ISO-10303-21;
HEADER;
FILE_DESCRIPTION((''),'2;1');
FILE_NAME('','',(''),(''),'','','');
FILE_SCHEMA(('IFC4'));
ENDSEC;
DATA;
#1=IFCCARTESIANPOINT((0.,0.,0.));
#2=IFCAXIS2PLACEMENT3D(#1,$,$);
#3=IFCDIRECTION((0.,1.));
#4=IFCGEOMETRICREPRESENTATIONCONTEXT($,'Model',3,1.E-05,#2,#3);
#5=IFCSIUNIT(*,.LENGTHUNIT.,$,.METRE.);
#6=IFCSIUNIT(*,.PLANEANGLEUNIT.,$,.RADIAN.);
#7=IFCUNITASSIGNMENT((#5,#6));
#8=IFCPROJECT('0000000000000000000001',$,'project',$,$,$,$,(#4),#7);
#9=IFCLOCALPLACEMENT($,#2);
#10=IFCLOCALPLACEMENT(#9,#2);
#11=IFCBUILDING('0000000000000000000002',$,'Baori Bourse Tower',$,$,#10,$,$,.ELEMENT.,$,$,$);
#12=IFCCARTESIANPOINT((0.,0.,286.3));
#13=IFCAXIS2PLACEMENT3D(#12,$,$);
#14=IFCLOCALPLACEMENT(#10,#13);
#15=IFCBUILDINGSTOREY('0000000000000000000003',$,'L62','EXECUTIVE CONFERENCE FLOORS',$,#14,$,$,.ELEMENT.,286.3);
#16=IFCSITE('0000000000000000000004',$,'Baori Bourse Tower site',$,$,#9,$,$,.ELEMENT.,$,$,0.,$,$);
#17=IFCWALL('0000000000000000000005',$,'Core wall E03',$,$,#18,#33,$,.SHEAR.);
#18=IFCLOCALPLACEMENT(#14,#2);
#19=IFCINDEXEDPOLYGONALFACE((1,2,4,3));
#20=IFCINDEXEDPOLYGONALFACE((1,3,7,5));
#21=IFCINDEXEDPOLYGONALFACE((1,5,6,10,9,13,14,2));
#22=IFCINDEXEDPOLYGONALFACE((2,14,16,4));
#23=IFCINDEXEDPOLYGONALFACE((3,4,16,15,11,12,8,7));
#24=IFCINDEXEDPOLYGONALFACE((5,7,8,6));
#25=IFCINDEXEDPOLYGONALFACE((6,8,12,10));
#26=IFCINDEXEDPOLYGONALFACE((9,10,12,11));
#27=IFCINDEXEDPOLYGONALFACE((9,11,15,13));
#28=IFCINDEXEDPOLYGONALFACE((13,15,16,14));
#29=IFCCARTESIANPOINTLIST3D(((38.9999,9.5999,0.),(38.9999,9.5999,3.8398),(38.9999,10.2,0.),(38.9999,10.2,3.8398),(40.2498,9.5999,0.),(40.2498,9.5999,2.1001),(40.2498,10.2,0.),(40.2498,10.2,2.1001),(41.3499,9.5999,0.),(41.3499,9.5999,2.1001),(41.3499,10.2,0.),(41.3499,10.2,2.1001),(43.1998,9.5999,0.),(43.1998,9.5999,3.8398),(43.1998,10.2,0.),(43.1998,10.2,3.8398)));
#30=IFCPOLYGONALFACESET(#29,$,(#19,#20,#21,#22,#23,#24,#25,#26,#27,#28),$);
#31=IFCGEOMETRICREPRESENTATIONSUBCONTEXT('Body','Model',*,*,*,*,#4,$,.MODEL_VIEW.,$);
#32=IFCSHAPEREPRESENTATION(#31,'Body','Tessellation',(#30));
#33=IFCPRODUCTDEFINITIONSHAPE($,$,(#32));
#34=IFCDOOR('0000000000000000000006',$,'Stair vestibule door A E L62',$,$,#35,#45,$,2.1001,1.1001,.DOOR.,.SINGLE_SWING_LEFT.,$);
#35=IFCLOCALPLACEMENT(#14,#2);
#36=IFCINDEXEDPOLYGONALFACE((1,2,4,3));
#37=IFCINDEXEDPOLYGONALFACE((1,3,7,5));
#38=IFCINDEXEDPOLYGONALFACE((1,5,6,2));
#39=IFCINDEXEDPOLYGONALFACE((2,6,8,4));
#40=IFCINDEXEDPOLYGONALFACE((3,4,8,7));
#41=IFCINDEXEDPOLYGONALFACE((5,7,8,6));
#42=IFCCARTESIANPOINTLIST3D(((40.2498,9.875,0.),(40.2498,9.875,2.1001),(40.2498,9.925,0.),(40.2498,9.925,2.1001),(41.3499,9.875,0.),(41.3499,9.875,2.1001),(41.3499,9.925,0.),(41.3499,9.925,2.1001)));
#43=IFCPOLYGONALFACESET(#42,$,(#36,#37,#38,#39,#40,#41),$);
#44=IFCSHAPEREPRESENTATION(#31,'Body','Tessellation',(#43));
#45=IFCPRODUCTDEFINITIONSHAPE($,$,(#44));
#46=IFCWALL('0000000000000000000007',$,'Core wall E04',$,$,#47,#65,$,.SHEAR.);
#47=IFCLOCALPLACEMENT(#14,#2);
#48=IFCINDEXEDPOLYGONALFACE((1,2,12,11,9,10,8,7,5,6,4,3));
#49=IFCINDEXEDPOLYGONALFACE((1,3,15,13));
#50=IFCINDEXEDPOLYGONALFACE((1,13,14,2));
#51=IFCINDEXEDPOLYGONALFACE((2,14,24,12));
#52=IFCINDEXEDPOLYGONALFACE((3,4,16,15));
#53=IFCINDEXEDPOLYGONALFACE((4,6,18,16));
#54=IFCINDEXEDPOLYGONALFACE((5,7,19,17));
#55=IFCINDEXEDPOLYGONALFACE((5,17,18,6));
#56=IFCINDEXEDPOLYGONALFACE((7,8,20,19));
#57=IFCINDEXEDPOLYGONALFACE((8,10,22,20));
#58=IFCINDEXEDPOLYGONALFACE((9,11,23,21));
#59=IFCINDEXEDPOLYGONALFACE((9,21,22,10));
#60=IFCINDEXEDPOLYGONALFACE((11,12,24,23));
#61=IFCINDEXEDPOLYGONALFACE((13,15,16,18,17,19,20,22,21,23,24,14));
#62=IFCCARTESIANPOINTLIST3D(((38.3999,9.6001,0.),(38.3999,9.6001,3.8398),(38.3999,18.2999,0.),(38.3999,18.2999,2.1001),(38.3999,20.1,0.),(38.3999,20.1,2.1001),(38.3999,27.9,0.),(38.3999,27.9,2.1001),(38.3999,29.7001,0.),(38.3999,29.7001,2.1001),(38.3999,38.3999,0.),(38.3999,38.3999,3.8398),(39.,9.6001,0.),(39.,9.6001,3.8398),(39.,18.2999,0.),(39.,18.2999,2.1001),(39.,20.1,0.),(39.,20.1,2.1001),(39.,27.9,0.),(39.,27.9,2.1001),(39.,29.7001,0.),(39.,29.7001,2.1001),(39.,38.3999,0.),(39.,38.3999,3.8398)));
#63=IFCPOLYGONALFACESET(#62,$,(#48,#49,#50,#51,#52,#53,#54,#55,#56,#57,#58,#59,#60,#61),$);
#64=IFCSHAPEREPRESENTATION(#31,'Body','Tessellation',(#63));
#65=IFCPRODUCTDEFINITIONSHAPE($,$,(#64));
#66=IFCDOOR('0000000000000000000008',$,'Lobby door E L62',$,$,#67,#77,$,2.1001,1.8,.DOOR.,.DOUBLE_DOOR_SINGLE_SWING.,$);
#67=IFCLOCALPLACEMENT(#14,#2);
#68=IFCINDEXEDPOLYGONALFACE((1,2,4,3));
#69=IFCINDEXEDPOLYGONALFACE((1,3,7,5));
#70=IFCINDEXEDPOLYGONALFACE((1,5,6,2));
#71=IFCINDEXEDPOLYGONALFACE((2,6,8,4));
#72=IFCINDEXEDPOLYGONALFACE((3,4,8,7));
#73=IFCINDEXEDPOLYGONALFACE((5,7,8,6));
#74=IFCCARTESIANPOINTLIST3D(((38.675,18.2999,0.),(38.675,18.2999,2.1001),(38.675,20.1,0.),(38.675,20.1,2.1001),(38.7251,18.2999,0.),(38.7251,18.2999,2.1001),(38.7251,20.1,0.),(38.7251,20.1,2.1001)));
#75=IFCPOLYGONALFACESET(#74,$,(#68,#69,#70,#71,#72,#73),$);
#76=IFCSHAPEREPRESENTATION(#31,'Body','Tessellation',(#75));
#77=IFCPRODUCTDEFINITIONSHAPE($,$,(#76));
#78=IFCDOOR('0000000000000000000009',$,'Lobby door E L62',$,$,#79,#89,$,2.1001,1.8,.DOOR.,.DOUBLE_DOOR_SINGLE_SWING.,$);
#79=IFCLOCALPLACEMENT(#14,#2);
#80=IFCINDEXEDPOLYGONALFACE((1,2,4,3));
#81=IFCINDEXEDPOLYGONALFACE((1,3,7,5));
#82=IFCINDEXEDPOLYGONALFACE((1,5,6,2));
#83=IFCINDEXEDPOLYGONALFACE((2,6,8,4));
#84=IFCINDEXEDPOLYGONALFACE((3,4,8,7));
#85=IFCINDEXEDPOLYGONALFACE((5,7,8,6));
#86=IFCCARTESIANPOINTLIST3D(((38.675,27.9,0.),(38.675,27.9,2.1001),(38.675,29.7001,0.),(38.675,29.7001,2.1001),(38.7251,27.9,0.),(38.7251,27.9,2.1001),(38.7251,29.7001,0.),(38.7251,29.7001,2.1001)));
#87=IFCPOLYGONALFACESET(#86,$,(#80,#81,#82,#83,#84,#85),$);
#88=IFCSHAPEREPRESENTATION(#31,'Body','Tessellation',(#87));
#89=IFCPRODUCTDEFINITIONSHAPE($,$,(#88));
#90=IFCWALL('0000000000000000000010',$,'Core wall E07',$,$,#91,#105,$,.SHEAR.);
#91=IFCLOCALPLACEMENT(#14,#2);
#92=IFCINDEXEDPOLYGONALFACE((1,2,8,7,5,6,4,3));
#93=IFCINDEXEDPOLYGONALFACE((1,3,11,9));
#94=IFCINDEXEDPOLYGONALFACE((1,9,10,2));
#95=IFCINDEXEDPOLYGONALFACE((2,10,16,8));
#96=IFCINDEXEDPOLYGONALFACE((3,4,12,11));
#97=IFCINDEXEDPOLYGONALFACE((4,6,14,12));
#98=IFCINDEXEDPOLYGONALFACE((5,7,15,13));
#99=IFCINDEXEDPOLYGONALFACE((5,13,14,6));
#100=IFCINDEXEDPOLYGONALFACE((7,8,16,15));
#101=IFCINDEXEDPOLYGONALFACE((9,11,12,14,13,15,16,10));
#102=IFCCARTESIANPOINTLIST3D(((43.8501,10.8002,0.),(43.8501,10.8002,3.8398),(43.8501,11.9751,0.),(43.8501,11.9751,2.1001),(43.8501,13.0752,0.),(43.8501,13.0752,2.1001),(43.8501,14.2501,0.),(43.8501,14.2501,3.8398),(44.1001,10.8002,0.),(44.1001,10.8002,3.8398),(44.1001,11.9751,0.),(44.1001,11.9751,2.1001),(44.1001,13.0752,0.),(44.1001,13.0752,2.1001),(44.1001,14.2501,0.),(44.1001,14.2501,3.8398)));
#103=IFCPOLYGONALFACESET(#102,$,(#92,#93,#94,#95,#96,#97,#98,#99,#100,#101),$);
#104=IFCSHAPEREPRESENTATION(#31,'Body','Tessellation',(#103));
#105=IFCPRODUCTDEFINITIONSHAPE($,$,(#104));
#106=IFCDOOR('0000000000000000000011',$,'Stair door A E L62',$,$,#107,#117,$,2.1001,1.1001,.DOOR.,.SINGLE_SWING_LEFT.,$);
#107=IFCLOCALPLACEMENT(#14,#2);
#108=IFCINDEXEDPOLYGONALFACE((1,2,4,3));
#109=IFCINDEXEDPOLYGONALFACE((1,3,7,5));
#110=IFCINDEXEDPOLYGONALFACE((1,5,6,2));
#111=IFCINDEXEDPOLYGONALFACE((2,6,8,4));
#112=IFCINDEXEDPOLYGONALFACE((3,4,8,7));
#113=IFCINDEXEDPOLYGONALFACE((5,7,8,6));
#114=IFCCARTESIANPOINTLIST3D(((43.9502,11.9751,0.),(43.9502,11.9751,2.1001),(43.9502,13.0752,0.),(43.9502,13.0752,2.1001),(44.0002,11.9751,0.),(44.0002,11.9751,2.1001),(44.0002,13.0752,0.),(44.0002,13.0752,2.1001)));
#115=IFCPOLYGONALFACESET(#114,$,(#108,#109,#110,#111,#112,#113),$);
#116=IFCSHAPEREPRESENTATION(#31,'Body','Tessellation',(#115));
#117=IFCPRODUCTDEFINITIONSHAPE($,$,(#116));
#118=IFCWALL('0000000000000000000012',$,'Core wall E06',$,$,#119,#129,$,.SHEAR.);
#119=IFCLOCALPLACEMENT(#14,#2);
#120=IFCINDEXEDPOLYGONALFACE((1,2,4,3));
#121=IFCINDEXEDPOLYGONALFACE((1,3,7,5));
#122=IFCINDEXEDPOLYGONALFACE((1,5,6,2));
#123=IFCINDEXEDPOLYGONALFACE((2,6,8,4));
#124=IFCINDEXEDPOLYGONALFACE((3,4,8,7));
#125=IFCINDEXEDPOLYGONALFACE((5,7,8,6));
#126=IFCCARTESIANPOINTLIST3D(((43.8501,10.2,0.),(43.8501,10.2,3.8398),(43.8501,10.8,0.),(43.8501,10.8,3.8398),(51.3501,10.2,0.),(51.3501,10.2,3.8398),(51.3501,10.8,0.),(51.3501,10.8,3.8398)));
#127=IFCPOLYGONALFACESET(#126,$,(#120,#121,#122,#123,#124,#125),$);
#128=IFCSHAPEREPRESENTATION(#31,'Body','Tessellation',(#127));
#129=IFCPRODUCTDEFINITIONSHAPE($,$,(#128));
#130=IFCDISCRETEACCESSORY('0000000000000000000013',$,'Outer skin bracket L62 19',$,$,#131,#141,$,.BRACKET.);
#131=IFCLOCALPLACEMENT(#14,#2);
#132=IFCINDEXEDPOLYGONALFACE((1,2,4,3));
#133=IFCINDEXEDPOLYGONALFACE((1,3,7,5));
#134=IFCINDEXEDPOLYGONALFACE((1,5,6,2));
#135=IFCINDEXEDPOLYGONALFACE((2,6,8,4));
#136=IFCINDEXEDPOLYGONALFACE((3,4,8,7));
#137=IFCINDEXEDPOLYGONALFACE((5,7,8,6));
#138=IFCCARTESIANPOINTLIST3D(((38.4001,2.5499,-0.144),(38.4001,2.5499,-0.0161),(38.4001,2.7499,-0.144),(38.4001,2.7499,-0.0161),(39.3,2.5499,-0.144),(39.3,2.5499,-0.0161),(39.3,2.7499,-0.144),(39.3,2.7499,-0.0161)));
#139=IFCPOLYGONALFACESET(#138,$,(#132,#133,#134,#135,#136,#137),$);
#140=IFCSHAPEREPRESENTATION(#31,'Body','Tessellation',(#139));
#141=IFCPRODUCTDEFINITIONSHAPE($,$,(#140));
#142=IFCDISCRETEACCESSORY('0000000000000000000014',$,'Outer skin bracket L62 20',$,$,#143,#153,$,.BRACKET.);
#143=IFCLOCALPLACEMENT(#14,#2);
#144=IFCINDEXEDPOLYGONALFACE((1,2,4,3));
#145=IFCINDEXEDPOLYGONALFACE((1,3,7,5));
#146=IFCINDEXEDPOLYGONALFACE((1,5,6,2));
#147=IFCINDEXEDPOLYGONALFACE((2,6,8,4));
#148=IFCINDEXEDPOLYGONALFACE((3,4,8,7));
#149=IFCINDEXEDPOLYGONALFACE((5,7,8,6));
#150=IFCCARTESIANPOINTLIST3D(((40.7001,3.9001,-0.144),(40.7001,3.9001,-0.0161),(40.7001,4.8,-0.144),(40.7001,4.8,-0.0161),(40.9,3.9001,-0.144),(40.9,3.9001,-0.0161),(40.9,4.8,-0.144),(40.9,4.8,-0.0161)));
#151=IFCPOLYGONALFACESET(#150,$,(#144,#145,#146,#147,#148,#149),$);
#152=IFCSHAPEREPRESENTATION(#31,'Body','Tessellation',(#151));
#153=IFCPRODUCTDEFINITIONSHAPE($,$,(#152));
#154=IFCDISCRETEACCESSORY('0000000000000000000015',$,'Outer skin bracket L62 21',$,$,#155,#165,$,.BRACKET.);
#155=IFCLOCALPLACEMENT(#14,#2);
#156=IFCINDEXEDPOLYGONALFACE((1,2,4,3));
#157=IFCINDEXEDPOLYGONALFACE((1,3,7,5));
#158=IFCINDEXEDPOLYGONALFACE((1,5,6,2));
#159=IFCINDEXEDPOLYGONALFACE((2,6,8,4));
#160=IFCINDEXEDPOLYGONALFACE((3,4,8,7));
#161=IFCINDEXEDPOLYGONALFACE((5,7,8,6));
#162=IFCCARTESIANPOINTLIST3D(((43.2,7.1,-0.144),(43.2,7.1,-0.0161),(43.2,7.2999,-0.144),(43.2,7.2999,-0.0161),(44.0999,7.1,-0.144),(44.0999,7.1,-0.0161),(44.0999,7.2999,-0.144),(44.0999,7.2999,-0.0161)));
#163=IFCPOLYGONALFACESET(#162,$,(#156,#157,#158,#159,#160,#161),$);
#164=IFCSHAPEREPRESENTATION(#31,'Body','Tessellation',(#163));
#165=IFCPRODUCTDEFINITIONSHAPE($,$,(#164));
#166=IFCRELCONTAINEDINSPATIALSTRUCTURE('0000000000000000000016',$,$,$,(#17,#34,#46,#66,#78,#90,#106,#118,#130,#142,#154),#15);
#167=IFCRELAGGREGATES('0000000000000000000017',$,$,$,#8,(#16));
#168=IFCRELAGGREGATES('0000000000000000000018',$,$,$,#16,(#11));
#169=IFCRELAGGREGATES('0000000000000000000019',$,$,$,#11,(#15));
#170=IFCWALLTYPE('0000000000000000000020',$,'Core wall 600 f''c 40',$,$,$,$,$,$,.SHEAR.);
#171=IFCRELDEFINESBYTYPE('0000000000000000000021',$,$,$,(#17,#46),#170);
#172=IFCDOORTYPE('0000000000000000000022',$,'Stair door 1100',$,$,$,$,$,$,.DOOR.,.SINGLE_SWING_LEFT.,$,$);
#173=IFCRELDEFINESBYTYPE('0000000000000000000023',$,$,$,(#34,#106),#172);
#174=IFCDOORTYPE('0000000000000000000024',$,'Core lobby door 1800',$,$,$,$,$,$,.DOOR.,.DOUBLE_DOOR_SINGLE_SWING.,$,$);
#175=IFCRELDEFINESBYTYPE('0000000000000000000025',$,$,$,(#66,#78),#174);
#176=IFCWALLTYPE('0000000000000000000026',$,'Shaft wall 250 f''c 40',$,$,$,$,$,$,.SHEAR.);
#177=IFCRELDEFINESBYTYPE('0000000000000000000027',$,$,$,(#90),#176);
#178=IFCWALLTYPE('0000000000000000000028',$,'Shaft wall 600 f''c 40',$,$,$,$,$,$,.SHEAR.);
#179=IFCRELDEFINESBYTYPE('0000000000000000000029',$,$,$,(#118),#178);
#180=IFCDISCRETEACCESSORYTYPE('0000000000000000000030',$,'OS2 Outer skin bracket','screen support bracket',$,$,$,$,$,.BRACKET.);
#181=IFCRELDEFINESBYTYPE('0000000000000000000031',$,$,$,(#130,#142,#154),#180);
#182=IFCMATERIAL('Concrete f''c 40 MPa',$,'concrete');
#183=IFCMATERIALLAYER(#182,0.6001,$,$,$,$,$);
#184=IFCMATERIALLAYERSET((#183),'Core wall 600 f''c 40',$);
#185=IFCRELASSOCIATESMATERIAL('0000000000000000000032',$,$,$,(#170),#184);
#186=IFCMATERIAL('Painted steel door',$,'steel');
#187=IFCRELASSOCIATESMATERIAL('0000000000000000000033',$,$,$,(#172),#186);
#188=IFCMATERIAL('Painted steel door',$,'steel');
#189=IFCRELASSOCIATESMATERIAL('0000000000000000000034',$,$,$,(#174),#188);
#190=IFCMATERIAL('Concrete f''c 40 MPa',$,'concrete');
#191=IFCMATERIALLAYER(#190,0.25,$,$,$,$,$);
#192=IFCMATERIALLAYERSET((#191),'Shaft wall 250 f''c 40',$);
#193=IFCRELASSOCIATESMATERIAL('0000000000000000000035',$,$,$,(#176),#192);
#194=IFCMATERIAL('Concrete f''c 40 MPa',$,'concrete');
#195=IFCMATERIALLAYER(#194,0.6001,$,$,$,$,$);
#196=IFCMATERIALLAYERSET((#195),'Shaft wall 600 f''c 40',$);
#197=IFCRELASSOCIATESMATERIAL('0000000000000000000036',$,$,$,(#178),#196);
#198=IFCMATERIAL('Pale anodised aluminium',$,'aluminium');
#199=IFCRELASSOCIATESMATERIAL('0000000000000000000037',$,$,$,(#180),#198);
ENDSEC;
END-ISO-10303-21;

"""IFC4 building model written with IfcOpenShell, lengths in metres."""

from ifc_helpers import new_model, si_unit, direction, frame, frame_2d, origin, origin_2d, place, context, subcontext, project, spatial, rectangle, extrude, material, layer, layer_set, type_object, element, fill, save


model = new_model("IFC4")

# Units and contexts
model_context = context("Model", 3, precision=1e-05, world=origin(), true_north=direction((0.0, 1.0)))
body_context = subcontext(model_context, "Body", "Model", "MODEL_VIEW")
ifc_project = project(units=[si_unit("LENGTHUNIT", "METRE"), si_unit("PLANEANGLEUNIT", "RADIAN")], contexts=[model_context])

# Site, building, storey
site_placement = place(None, origin())
site = spatial("IfcSite", under=ifc_project, at=site_placement, Name="Baori Bourse Tower site", CompositionType="ELEMENT", RefElevation=0.0)
building_placement = place(site_placement, origin())
building = spatial("IfcBuilding", under=site, at=building_placement, Name="Baori Bourse Tower", CompositionType="ELEMENT")
storey_placement = place(building_placement, frame((0.0, 0.0, 286.3)))
storey = spatial("IfcBuildingStorey", under=building, at=storey_placement, Name="L62", Description="EXECUTIVE CONFERENCE FLOORS", CompositionType="ELEMENT", Elevation=286.3)

# Shared definitions
ifc_material_1 = material(Name="Concrete f'c 40 MPa", Category="concrete")
ifc_layer_1 = layer(ifc_material_1, 0.6001)
ifc_layer_set_1 = layer_set([ifc_layer_1], Name="Core wall 600 f'c 40")
wall_type_1 = type_object("IfcWallType", Name="Core wall 600 f'c 40", PredefinedType="SHEAR", material=ifc_layer_set_1)

# Wall, opening, door
wall_1_placement = place(storey_placement, frame((43.2, 9.8999, 0.0), z_axis=(0.0, 0.0, 1.0), x_axis=(-1.0, 0.0, 0.0)))
wall_1 = element("IfcWall", 1, at=wall_1_placement, inside=storey, type_object=wall_type_1, Name="Core wall E03", PredefinedType="SHEAR", context=body_context, shape_type="SweptSolid", body=[
    extrude(rectangle(XDim=4.2, YDim=0.6001, at=frame_2d((2.1001, 0.0))), origin(), (0.0, 0.0, 1.0), 3.8398),
])
opening_1_placement = place(wall_1_placement, frame((1.8501, 0.0, 0.0)))
opening_1 = element("IfcOpeningElement", 2, at=opening_1_placement, cuts=wall_1, PredefinedType="OPENING", context=body_context, shape_type="SweptSolid", body=[
    extrude(rectangle(XDim=1.1001, YDim=2.1001, at=frame_2d((0.55, 1.05))), frame((0.0, 0.3101, 0.0), z_axis=(0.0, -1.0, 0.0), x_axis=(1.0, 0.0, 0.0)), (0.0, 0.0, 1.0), 0.6201),
])
ifc_material_2 = material(Name="Painted steel door", Category="steel")
door_type_1 = type_object("IfcDoorType", Name="Stair door 1100", OperationType="SINGLE_SWING_LEFT", PredefinedType="DOOR", material=ifc_material_2)
door_1_placement = place(opening_1_placement, origin())
door_1 = element("IfcDoor", 3, at=door_1_placement, inside=storey, type_object=door_type_1, Name="Stair vestibule door A E L62", OperationType="SINGLE_SWING_LEFT", OverallHeight=2.1001, OverallWidth=1.1001, PredefinedType="DOOR", context=body_context, shape_type="SweptSolid", body=[
    extrude(rectangle(XDim=1.1001, YDim=2.1001, at=frame_2d((0.55, 1.05))), frame((0.0, 0.0249, 0.0), z_axis=(0.0, -1.0, 0.0), x_axis=(1.0, 0.0, 0.0)), (0.0, 0.0, 1.0), 0.05),
])
fill(opening_1, door_1)

# Wall, openings, doors
wall_2_placement = place(storey_placement, frame((38.7, 9.6001, 0.0), z_axis=(0.0, 0.0, 1.0), x_axis=(0.0, 1.0, 0.0)))
wall_2 = element("IfcWall", 4, at=wall_2_placement, inside=storey, type_object=wall_type_1, Name="Core wall E04", PredefinedType="SHEAR", context=body_context, shape_type="SweptSolid", body=[
    extrude(rectangle(XDim=28.7998, YDim=0.6001, at=frame_2d((14.3999, 0.0))), origin(), (0.0, 0.0, 1.0), 3.8398),
])
opening_2_placement = place(wall_2_placement, frame((8.7, 0.0, 0.0)))
opening_2 = element("IfcOpeningElement", 5, at=opening_2_placement, cuts=wall_2, PredefinedType="OPENING", context=body_context, shape_type="SweptSolid", body=[
    extrude(rectangle(XDim=1.8, YDim=2.1001, at=frame_2d((0.8999, 1.05))), frame((0.0, 0.3101, 0.0), z_axis=(0.0, -1.0, 0.0), x_axis=(1.0, 0.0, 0.0)), (0.0, 0.0, 1.0), 0.6201),
])
opening_3_placement = place(wall_2_placement, frame((18.3, 0.0, 0.0)))
opening_3 = element("IfcOpeningElement", 6, at=opening_3_placement, cuts=wall_2, PredefinedType="OPENING", context=body_context, shape_type="SweptSolid", body=[
    extrude(rectangle(XDim=1.8, YDim=2.1001, at=frame_2d((0.8999, 1.05))), frame((0.0, 0.3101, 0.0), z_axis=(0.0, -1.0, 0.0), x_axis=(1.0, 0.0, 0.0)), (0.0, 0.0, 1.0), 0.6201),
])
ifc_material_3 = material(Name="Painted steel door", Category="steel")
door_type_2 = type_object("IfcDoorType", Name="Core lobby door 1800", OperationType="DOUBLE_DOOR_SINGLE_SWING", PredefinedType="DOOR", material=ifc_material_3)
door_2_placement = place(opening_2_placement, origin())
door_2 = element("IfcDoor", 7, at=door_2_placement, inside=storey, type_object=door_type_2, Name="Lobby door E L62", OperationType="DOUBLE_DOOR_SINGLE_SWING", OverallHeight=2.1001, OverallWidth=1.8, PredefinedType="DOOR", context=body_context, shape_type="SweptSolid", body=[
    extrude(rectangle(XDim=1.8, YDim=2.1001, at=frame_2d((0.8999, 1.05))), frame((0.0, 0.0249, 0.0), z_axis=(0.0, -1.0, 0.0), x_axis=(1.0, 0.0, 0.0)), (0.0, 0.0, 1.0), 0.05),
])
fill(opening_2, door_2)
door_3_placement = place(opening_3_placement, origin())
door_3 = element("IfcDoor", 8, at=door_3_placement, inside=storey, type_object=door_type_2, Name="Lobby door E L62", OperationType="DOUBLE_DOOR_SINGLE_SWING", OverallHeight=2.1001, OverallWidth=1.8, PredefinedType="DOOR", context=body_context, shape_type="SweptSolid", body=[
    extrude(rectangle(XDim=1.8, YDim=2.1001, at=frame_2d((0.8999, 1.05))), frame((0.0, 0.0249, 0.0), z_axis=(0.0, -1.0, 0.0), x_axis=(1.0, 0.0, 0.0)), (0.0, 0.0, 1.0), 0.05),
])
fill(opening_3, door_3)

# Wall, opening, door
ifc_material_4 = material(Name="Concrete f'c 40 MPa", Category="concrete")
ifc_layer_2 = layer(ifc_material_4, 0.25)
ifc_layer_set_2 = layer_set([ifc_layer_2], Name="Shaft wall 250 f'c 40")
wall_type_2 = type_object("IfcWallType", Name="Shaft wall 250 f'c 40", PredefinedType="SHEAR", material=ifc_layer_set_2)
wall_3_placement = place(storey_placement, frame((43.9751, 10.8, 0.0), z_axis=(0.0, 0.0, 1.0), x_axis=(0.0, 1.0, 0.0)))
wall_3 = element("IfcWall", 9, at=wall_3_placement, inside=storey, type_object=wall_type_2, Name="Core wall E07", PredefinedType="SHEAR", context=body_context, shape_type="SweptSolid", body=[
    extrude(rectangle(XDim=3.45, YDim=0.25, at=frame_2d((1.7251, 0.0))), origin(), (0.0, 0.0, 1.0), 3.8398),
])
opening_4_placement = place(wall_3_placement, frame((1.175, 0.0, 0.0)))
opening_4 = element("IfcOpeningElement", 10, at=opening_4_placement, cuts=wall_3, PredefinedType="OPENING", context=body_context, shape_type="SweptSolid", body=[
    extrude(rectangle(XDim=1.1001, YDim=2.1001, at=frame_2d((0.55, 1.05))), frame((0.0, 0.135, 0.0), z_axis=(0.0, -1.0, 0.0), x_axis=(1.0, 0.0, 0.0)), (0.0, 0.0, 1.0), 0.27),
])
door_4_placement = place(opening_4_placement, origin())
door_4 = element("IfcDoor", 11, at=door_4_placement, inside=storey, type_object=door_type_1, Name="Stair door A E L62", OperationType="SINGLE_SWING_LEFT", OverallHeight=2.1001, OverallWidth=1.1001, PredefinedType="DOOR", context=body_context, shape_type="SweptSolid", body=[
    extrude(rectangle(XDim=1.1001, YDim=2.1001, at=frame_2d((0.55, 1.05))), frame((0.0, 0.0249, 0.0), z_axis=(0.0, -1.0, 0.0), x_axis=(1.0, 0.0, 0.0)), (0.0, 0.0, 1.0), 0.05),
])
fill(opening_4, door_4)

# Wall
ifc_material_5 = material(Name="Concrete f'c 40 MPa", Category="concrete")
ifc_layer_3 = layer(ifc_material_5, 0.6001)
ifc_layer_set_3 = layer_set([ifc_layer_3], Name="Shaft wall 600 f'c 40")
wall_type_3 = type_object("IfcWallType", Name="Shaft wall 600 f'c 40", PredefinedType="SHEAR", material=ifc_layer_set_3)
wall_4_placement = place(storey_placement, frame((43.8501, 10.5, 0.0), z_axis=(0.0, 0.0, 1.0), x_axis=(1.0, 0.0, 0.0)))
element("IfcWall", 12, at=wall_4_placement, inside=storey, type_object=wall_type_3, Name="Core wall E06", PredefinedType="SHEAR", context=body_context, shape_type="SweptSolid", body=[
    extrude(rectangle(XDim=7.5, YDim=0.6001, at=frame_2d((3.75, 0.0))), origin(), (0.0, 0.0, 1.0), 3.8398),
])

# Discrete accessories
ifc_material_6 = material(Name="Pale anodised aluminium", Category="aluminium")
discrete_accessory_type = type_object("IfcDiscreteAccessoryType", Name="OS2 Outer skin bracket", Description="screen support bracket", PredefinedType="BRACKET", material=ifc_material_6)
for number, where, z_axis, x_axis, name in (
    (13, (38.8501, 2.6499, -0.144), (0.0, 0.0, 1.0), (0.0, 1.0, 0.0), "Outer skin bracket L62 19"),
    (14, (40.8, 4.3501, -0.144), (0.0, 0.0, 1.0), (1.0, 0.0, 0.0), "Outer skin bracket L62 20"),
    (15, (43.6499, 7.2, -0.144), (0.0, 0.0, 1.0), (0.0, 1.0, 0.0), "Outer skin bracket L62 21"),
):
    element("IfcDiscreteAccessory", number, at=place(storey_placement, frame(where, z_axis=z_axis, x_axis=x_axis)), inside=storey, type_object=discrete_accessory_type, Name=name, PredefinedType="BRACKET", context=body_context, shape_type="SweptSolid", body=[
        extrude(rectangle(XDim=0.2, YDim=0.8999, at=origin_2d()), origin(), (0.0, 0.0, 1.0), 0.1279),
    ])

save(model, "model.ifc")
